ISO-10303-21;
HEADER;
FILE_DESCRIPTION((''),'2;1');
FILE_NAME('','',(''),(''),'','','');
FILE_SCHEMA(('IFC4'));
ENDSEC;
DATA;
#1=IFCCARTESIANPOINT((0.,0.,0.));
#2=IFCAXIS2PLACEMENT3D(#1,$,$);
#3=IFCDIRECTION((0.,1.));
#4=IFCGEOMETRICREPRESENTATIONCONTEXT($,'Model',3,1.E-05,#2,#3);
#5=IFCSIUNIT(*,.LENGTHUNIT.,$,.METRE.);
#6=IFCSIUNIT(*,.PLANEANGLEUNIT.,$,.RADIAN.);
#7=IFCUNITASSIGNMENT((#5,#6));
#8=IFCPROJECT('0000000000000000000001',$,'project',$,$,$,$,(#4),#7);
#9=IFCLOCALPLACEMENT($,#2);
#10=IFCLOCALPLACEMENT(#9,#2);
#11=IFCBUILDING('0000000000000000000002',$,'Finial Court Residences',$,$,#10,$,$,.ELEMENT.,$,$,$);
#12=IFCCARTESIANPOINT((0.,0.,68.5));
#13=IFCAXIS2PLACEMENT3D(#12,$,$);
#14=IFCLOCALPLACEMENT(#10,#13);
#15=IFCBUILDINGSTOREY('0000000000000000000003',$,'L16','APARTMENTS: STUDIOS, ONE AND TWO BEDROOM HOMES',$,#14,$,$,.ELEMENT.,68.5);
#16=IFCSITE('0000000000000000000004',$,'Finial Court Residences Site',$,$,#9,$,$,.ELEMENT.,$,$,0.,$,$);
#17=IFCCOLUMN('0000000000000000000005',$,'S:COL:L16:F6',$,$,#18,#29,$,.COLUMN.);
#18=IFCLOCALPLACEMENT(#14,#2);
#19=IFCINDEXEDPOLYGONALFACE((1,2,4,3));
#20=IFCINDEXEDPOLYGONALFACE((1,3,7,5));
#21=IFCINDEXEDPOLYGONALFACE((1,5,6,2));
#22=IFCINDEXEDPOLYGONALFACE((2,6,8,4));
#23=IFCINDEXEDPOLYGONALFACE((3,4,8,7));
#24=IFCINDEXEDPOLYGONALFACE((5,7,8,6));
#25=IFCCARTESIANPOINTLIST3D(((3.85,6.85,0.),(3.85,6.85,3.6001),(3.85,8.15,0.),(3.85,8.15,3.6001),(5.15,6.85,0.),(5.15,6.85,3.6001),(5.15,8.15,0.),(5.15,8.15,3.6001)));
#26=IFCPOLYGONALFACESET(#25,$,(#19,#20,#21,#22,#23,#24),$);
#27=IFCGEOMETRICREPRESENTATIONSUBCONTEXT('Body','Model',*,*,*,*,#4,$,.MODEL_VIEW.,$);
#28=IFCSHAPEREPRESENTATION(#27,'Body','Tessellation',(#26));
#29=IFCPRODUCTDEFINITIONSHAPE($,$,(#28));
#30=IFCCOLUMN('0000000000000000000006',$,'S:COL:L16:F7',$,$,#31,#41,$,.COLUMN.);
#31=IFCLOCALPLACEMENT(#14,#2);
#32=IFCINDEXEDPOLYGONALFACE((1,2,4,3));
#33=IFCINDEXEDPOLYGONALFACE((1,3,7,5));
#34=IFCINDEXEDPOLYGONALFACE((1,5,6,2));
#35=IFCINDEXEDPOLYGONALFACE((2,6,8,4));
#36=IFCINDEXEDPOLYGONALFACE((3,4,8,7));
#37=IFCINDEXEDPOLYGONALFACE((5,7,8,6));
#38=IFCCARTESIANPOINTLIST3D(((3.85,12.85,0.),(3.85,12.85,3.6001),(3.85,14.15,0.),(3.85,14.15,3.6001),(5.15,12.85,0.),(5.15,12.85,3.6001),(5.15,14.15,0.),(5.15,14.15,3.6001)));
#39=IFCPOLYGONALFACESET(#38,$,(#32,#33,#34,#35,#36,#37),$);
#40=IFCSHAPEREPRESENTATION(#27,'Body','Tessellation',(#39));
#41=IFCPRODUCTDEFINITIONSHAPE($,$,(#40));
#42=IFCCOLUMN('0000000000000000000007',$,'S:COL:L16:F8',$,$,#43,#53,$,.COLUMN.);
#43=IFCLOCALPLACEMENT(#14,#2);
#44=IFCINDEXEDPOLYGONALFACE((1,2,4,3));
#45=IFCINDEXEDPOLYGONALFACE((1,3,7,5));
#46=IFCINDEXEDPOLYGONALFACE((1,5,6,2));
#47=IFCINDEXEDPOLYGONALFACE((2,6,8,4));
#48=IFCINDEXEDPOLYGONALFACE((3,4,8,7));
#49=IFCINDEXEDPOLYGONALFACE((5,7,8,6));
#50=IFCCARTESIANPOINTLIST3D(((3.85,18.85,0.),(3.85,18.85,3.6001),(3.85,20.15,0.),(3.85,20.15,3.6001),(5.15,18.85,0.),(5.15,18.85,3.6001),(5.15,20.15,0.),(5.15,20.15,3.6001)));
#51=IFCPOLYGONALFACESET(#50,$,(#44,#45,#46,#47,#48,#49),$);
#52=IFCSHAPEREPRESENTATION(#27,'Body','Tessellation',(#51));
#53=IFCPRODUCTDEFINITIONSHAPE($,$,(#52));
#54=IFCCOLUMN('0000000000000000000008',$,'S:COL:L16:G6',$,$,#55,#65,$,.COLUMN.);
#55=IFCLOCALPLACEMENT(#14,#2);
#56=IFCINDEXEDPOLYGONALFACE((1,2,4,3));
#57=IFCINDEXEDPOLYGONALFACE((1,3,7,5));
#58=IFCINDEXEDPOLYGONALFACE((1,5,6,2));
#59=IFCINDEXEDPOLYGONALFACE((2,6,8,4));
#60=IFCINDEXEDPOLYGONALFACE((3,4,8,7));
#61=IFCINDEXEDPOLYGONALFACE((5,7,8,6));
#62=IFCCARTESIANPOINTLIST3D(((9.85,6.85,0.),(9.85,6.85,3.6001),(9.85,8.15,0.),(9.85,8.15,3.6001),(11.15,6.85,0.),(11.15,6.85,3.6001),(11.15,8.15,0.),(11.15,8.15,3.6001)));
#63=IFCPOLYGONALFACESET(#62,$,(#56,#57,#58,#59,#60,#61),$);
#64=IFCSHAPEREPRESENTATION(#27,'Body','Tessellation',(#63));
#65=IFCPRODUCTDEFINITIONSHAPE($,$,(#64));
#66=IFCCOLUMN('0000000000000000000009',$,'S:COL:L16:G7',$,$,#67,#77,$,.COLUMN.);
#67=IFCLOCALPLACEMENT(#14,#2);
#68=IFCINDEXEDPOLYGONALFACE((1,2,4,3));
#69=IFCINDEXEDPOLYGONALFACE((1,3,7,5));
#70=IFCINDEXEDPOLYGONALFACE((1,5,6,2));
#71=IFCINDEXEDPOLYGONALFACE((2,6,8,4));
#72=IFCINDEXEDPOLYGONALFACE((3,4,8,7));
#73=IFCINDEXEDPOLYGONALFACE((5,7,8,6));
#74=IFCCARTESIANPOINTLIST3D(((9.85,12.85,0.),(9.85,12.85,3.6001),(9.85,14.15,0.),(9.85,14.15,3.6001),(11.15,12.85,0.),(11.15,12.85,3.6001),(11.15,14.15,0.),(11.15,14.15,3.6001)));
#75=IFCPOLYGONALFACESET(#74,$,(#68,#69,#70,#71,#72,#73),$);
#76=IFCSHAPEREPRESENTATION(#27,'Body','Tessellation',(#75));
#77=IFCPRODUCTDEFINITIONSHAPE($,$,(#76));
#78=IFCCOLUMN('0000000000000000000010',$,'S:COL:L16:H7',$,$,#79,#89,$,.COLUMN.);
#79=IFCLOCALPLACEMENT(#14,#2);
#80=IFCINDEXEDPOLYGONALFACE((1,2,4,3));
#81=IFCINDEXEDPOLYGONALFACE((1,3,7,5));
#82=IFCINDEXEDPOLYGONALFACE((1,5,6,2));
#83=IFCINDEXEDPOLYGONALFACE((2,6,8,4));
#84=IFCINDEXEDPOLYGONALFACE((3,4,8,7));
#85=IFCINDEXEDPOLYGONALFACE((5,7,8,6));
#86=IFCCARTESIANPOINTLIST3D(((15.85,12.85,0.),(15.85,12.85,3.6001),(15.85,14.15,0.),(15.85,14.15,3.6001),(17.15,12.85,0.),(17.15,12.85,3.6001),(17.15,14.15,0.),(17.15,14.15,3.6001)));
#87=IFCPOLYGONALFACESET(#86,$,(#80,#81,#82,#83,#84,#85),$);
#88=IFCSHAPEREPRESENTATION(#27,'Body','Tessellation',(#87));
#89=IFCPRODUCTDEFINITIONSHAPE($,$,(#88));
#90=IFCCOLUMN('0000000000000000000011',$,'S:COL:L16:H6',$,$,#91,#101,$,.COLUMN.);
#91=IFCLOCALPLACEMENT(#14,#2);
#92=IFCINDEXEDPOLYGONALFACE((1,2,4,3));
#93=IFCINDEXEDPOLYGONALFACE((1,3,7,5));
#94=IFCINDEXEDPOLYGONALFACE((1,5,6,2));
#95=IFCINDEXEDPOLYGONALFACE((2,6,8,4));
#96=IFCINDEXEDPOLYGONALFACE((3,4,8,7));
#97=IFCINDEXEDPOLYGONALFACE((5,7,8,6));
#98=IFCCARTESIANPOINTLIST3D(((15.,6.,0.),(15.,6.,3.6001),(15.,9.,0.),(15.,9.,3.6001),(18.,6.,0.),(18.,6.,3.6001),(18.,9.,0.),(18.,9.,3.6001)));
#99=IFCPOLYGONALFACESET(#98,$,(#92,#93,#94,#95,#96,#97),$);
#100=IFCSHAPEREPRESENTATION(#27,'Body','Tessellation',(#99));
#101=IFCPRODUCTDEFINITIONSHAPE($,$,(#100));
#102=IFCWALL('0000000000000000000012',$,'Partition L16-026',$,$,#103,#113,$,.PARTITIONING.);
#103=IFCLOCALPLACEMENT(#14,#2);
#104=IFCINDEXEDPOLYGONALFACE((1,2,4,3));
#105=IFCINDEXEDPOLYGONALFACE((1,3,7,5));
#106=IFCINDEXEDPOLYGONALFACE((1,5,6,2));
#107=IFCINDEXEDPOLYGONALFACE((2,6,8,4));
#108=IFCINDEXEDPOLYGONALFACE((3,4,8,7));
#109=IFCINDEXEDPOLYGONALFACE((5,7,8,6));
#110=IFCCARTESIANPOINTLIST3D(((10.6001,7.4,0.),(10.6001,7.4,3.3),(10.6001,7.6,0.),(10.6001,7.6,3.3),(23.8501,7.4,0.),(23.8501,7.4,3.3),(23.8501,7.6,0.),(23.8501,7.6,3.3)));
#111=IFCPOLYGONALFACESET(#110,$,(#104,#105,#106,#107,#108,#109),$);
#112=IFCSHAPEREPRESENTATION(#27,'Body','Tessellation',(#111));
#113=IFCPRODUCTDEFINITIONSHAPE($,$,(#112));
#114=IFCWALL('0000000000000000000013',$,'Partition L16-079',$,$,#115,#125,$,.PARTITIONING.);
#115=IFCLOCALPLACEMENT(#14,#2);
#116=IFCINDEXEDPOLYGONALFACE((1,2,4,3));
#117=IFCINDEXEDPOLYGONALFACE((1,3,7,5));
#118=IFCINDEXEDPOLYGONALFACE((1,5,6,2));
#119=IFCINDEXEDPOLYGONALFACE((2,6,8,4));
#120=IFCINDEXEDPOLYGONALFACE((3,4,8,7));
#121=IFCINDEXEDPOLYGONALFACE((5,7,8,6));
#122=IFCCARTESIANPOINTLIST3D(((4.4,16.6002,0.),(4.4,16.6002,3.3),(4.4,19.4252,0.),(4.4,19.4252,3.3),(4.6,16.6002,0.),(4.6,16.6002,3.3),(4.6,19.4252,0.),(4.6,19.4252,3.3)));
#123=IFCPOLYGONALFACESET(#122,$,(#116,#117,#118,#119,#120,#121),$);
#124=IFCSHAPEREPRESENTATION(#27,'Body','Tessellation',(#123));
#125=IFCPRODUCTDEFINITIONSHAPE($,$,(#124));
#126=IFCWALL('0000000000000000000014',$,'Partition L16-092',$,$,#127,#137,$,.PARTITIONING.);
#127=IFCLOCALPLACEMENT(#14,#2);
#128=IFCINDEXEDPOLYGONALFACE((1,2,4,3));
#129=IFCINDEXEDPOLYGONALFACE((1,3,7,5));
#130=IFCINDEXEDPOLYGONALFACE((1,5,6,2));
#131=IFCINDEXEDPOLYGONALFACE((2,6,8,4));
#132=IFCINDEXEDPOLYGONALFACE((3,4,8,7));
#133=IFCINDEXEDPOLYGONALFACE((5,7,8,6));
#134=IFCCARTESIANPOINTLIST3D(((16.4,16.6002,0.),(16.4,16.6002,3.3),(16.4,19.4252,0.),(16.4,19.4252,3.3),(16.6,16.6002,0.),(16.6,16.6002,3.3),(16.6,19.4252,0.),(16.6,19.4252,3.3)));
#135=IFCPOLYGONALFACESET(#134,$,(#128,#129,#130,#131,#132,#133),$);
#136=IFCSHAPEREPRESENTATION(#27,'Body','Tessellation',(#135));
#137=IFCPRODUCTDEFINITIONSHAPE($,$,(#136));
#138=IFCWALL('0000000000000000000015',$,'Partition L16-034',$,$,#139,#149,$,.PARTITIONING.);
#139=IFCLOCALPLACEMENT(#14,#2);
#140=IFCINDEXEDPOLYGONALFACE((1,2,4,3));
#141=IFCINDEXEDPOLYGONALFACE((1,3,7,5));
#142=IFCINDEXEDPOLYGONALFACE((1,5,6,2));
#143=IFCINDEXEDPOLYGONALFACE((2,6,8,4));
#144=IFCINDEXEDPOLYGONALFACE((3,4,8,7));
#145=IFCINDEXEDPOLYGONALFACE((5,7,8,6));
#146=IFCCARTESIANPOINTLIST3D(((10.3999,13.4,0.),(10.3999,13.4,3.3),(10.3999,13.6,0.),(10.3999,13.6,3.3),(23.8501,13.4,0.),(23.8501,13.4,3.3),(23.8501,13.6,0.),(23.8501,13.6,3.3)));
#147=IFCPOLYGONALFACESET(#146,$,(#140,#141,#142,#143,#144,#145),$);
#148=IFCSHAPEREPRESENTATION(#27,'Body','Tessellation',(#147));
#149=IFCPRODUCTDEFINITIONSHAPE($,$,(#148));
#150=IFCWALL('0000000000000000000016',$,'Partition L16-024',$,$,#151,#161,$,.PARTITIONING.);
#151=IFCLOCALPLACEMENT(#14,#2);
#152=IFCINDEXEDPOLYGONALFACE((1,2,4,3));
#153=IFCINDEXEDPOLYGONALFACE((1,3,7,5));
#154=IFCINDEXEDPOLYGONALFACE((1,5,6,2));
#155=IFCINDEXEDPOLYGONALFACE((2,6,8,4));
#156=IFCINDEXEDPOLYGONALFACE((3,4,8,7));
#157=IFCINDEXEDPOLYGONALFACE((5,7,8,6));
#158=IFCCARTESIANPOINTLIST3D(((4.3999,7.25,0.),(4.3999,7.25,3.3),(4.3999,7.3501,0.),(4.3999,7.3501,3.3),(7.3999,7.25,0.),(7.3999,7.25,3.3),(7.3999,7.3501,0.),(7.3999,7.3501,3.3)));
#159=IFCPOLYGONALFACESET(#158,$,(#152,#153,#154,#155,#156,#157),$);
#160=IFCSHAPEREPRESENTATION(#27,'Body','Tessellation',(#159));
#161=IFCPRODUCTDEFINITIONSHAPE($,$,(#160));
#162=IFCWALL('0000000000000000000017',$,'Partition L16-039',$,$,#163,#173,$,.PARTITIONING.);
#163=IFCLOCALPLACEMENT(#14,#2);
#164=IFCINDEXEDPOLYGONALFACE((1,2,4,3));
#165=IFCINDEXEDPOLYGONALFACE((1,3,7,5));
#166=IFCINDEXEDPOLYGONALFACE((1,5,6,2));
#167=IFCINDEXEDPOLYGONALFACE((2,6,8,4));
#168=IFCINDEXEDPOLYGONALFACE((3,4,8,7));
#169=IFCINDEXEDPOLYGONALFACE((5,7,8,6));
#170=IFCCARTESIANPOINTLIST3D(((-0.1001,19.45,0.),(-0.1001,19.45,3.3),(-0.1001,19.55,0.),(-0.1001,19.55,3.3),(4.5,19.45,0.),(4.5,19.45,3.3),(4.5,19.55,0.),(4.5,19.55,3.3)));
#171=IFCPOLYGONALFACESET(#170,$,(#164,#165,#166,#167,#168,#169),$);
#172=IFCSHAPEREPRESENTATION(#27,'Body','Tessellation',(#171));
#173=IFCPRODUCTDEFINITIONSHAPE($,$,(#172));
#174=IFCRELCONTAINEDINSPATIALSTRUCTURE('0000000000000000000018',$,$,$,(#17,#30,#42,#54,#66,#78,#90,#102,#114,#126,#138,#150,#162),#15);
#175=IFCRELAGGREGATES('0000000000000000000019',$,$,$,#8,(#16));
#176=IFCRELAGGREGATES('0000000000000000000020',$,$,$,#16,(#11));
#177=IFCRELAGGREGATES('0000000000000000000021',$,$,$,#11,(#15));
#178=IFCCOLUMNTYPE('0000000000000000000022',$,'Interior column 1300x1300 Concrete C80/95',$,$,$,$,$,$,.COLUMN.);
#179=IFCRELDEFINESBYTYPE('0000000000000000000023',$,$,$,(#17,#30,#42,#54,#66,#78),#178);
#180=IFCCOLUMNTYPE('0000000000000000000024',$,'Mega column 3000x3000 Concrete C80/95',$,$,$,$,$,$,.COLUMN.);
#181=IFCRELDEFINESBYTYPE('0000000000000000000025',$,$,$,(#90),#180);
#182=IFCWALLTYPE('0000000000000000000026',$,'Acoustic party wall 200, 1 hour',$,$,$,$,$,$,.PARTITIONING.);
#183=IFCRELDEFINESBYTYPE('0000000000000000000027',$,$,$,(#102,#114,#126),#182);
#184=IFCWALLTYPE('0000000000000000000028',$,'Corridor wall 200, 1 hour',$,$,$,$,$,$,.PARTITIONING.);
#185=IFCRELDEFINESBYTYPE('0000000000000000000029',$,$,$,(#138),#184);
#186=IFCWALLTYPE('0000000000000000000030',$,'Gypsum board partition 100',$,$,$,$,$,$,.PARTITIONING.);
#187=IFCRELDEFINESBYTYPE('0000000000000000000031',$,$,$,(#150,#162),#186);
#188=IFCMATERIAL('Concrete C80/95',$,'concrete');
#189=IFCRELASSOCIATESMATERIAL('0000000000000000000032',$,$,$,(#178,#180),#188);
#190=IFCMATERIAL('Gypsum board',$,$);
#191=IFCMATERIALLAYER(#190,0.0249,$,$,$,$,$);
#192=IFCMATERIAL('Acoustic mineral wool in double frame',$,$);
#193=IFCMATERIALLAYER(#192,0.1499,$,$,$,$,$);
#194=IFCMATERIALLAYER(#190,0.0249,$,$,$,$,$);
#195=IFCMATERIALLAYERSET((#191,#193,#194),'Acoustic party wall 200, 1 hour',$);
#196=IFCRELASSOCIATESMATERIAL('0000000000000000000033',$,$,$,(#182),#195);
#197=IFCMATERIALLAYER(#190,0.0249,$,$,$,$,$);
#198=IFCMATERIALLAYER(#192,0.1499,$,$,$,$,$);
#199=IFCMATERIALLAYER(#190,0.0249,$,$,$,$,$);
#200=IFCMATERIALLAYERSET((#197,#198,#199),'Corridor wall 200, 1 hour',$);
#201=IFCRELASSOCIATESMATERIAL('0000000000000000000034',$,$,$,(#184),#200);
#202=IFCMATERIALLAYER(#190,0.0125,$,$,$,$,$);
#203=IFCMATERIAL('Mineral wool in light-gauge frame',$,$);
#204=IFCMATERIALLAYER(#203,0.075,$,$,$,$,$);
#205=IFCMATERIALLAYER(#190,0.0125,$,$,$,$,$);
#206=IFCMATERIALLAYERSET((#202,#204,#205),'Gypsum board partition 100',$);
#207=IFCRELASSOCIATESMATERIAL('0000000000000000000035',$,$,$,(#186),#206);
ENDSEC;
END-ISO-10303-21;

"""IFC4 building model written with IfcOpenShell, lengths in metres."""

from ifc_helpers import new_model, si_unit, direction, frame, frame_2d, origin, origin_2d, place, context, subcontext, project, spatial, rectangle, extrude, material, layer, layer_set, material_profile, profile_set, type_object, element, save


model = new_model("IFC4")

# Units and contexts
model_context = context("Model", 3, precision=1e-05, world=origin(), true_north=direction((0.0, 1.0)))
body_context = subcontext(model_context, "Body", "Model", "MODEL_VIEW")
ifc_project = project(units=[si_unit("LENGTHUNIT", "METRE"), si_unit("PLANEANGLEUNIT", "RADIAN")], contexts=[model_context])

# Site, building, storey
site_placement = place(None, origin())
site = spatial("IfcSite", under=ifc_project, at=site_placement, Name="Finial Court Residences Site", CompositionType="ELEMENT", RefElevation=0.0)
building_placement = place(site_placement, origin())
building = spatial("IfcBuilding", under=site, at=building_placement, Name="Finial Court Residences", CompositionType="ELEMENT")
storey_placement = place(building_placement, frame((0.0, 0.0, 68.5)))
storey = spatial("IfcBuildingStorey", under=building, at=storey_placement, Name="L16", Description="APARTMENTS: STUDIOS, ONE AND TWO BEDROOM HOMES", CompositionType="ELEMENT", Elevation=68.5)

# Columns
ifc_material_1 = material(Name="Concrete C80/95", Category="concrete")
ifc_material_profile_1 = material_profile(ifc_material_1, rectangle(XDim=1.3, YDim=1.3, at=origin_2d()), Name="1300x1300")
ifc_profile_set_1 = profile_set([ifc_material_profile_1], Name="Concrete C80/95")
column_type_1 = type_object("IfcColumnType", Name="Interior column 1300x1300 Concrete C80/95", PredefinedType="COLUMN", material=ifc_profile_set_1)
for number, where, z_axis, x_axis, name in (
    (1, (4.5, 7.5, 0.0), (0.0, 0.0, 1.0), (1.0, 0.0, 0.0), "S:COL:L16:F6"),
    (2, (4.5, 13.5, 0.0), (0.0, 0.0, 1.0), (1.0, 0.0, 0.0), "S:COL:L16:F7"),
    (3, (4.5, 19.5, 0.0), (0.0, 0.0, 1.0), (1.0, 0.0, 0.0), "S:COL:L16:F8"),
    (4, (10.5, 7.5, 0.0), (0.0, 0.0, 1.0), (1.0, 0.0, 0.0), "S:COL:L16:G6"),
    (5, (10.5, 13.5, 0.0), (0.0, 0.0, 1.0), (1.0, 0.0, 0.0), "S:COL:L16:G7"),
    (6, (16.5, 13.5, 0.0), (0.0, 0.0, 1.0), (1.0, 0.0, 0.0), "S:COL:L16:H7"),
):
    element("IfcColumn", number, at=place(storey_placement, frame(where, z_axis=z_axis, x_axis=x_axis)), inside=storey, type_object=column_type_1, Name=name, PredefinedType="COLUMN", context=body_context, shape_type="SweptSolid", body=[
        extrude(rectangle(XDim=1.3, YDim=1.3, at=origin_2d()), origin(), (0.0, 0.0, 1.0), 3.6001),
    ])
ifc_material_profile_2 = material_profile(ifc_material_1, rectangle(XDim=3.0, YDim=3.0, at=origin_2d()), Name="3000x3000")
ifc_profile_set_2 = profile_set([ifc_material_profile_2], Name="Concrete C80/95")
column_type_2 = type_object("IfcColumnType", Name="Mega column 3000x3000 Concrete C80/95", PredefinedType="COLUMN", material=ifc_profile_set_2)
column_placement = place(storey_placement, frame((16.5, 7.5, 0.0), z_axis=(0.0, 0.0, 1.0), x_axis=(1.0, 0.0, 0.0)))
element("IfcColumn", 7, at=column_placement, inside=storey, type_object=column_type_2, Name="S:COL:L16:H6", PredefinedType="COLUMN", context=body_context, shape_type="SweptSolid", body=[
    extrude(rectangle(XDim=3.0, YDim=3.0, at=origin_2d()), origin(), (0.0, 0.0, 1.0), 3.6001),
])

# Walls
ifc_material_2 = material(Name="Gypsum board")
ifc_layer_1 = layer(ifc_material_2, 0.0249)
ifc_material_3 = material(Name="Acoustic mineral wool in double frame")
ifc_layer_2 = layer(ifc_material_3, 0.1499)
ifc_layer_3 = layer(ifc_material_2, 0.0249)
ifc_layer_set_1 = layer_set([ifc_layer_1, ifc_layer_2, ifc_layer_3], Name="Acoustic party wall 200, 1 hour")
wall_type_1 = type_object("IfcWallType", Name="Acoustic party wall 200, 1 hour", PredefinedType="PARTITIONING", material=ifc_layer_set_1)
wall_1_placement = place(storey_placement, frame((10.6001, 7.5, 0.0), z_axis=(0.0, 0.0, 1.0), x_axis=(1.0, 0.0, 0.0)))
element("IfcWall", 8, at=wall_1_placement, inside=storey, type_object=wall_type_1, Name="Partition L16-026", PredefinedType="PARTITIONING", context=body_context, shape_type="SweptSolid", body=[
    extrude(rectangle(XDim=13.25, YDim=0.2, at=frame_2d((6.625, 0.0))), origin(), (0.0, 0.0, 1.0), 3.3),
])
for number, where, z_axis, x_axis, name in (
    (9, (4.5, 16.6001, 0.0), (0.0, 0.0, 1.0), (0.0, 1.0, 0.0), "Partition L16-079"),
    (10, (16.5, 16.6001, 0.0), (0.0, 0.0, 1.0), (0.0, 1.0, 0.0), "Partition L16-092"),
):
    element("IfcWall", number, at=place(storey_placement, frame(where, z_axis=z_axis, x_axis=x_axis)), inside=storey, type_object=wall_type_1, Name=name, PredefinedType="PARTITIONING", context=body_context, shape_type="SweptSolid", body=[
        extrude(rectangle(XDim=2.825, YDim=0.2, at=frame_2d((1.4126, 0.0))), origin(), (0.0, 0.0, 1.0), 3.3),
    ])
ifc_layer_4 = layer(ifc_material_2, 0.0249)
ifc_layer_5 = layer(ifc_material_3, 0.1499)
ifc_layer_6 = layer(ifc_material_2, 0.0249)
ifc_layer_set_2 = layer_set([ifc_layer_4, ifc_layer_5, ifc_layer_6], Name="Corridor wall 200, 1 hour")
wall_type_2 = type_object("IfcWallType", Name="Corridor wall 200, 1 hour", PredefinedType="PARTITIONING", material=ifc_layer_set_2)
wall_2_placement = place(storey_placement, frame((10.3999, 13.5, 0.0), z_axis=(0.0, 0.0, 1.0), x_axis=(1.0, 0.0, 0.0)))
element("IfcWall", 11, at=wall_2_placement, inside=storey, type_object=wall_type_2, Name="Partition L16-034", PredefinedType="PARTITIONING", context=body_context, shape_type="SweptSolid", body=[
    extrude(rectangle(XDim=13.4502, YDim=0.2, at=frame_2d((6.7251, 0.0))), origin(), (0.0, 0.0, 1.0), 3.3),
])
ifc_layer_7 = layer(ifc_material_2, 0.0125)
ifc_material_4 = material(Name="Mineral wool in light-gauge frame")
ifc_layer_8 = layer(ifc_material_4, 0.075)
ifc_layer_9 = layer(ifc_material_2, 0.0125)
ifc_layer_set_3 = layer_set([ifc_layer_7, ifc_layer_8, ifc_layer_9], Name="Gypsum board partition 100")
wall_type_3 = type_object("IfcWallType", Name="Gypsum board partition 100", PredefinedType="PARTITIONING", material=ifc_layer_set_3)
wall_3_placement = place(storey_placement, frame((4.3999, 7.3, 0.0), z_axis=(0.0, 0.0, 1.0), x_axis=(1.0, 0.0, 0.0)))
element("IfcWall", 12, at=wall_3_placement, inside=storey, type_object=wall_type_3, Name="Partition L16-024", PredefinedType="PARTITIONING", context=body_context, shape_type="SweptSolid", body=[
    extrude(rectangle(XDim=3.0, YDim=0.1001, at=frame_2d((1.5, 0.0))), origin(), (0.0, 0.0, 1.0), 3.3),
])
wall_4_placement = place(storey_placement, frame((-0.1001, 19.5, 0.0), z_axis=(0.0, 0.0, 1.0), x_axis=(1.0, 0.0, 0.0)))
element("IfcWall", 13, at=wall_4_placement, inside=storey, type_object=wall_type_3, Name="Partition L16-039", PredefinedType="PARTITIONING", context=body_context, shape_type="SweptSolid", body=[
    extrude(rectangle(XDim=4.6001, YDim=0.1001, at=frame_2d((2.3, 0.0))), origin(), (0.0, 0.0, 1.0), 3.3),
])

save(model, "model.ifc")
